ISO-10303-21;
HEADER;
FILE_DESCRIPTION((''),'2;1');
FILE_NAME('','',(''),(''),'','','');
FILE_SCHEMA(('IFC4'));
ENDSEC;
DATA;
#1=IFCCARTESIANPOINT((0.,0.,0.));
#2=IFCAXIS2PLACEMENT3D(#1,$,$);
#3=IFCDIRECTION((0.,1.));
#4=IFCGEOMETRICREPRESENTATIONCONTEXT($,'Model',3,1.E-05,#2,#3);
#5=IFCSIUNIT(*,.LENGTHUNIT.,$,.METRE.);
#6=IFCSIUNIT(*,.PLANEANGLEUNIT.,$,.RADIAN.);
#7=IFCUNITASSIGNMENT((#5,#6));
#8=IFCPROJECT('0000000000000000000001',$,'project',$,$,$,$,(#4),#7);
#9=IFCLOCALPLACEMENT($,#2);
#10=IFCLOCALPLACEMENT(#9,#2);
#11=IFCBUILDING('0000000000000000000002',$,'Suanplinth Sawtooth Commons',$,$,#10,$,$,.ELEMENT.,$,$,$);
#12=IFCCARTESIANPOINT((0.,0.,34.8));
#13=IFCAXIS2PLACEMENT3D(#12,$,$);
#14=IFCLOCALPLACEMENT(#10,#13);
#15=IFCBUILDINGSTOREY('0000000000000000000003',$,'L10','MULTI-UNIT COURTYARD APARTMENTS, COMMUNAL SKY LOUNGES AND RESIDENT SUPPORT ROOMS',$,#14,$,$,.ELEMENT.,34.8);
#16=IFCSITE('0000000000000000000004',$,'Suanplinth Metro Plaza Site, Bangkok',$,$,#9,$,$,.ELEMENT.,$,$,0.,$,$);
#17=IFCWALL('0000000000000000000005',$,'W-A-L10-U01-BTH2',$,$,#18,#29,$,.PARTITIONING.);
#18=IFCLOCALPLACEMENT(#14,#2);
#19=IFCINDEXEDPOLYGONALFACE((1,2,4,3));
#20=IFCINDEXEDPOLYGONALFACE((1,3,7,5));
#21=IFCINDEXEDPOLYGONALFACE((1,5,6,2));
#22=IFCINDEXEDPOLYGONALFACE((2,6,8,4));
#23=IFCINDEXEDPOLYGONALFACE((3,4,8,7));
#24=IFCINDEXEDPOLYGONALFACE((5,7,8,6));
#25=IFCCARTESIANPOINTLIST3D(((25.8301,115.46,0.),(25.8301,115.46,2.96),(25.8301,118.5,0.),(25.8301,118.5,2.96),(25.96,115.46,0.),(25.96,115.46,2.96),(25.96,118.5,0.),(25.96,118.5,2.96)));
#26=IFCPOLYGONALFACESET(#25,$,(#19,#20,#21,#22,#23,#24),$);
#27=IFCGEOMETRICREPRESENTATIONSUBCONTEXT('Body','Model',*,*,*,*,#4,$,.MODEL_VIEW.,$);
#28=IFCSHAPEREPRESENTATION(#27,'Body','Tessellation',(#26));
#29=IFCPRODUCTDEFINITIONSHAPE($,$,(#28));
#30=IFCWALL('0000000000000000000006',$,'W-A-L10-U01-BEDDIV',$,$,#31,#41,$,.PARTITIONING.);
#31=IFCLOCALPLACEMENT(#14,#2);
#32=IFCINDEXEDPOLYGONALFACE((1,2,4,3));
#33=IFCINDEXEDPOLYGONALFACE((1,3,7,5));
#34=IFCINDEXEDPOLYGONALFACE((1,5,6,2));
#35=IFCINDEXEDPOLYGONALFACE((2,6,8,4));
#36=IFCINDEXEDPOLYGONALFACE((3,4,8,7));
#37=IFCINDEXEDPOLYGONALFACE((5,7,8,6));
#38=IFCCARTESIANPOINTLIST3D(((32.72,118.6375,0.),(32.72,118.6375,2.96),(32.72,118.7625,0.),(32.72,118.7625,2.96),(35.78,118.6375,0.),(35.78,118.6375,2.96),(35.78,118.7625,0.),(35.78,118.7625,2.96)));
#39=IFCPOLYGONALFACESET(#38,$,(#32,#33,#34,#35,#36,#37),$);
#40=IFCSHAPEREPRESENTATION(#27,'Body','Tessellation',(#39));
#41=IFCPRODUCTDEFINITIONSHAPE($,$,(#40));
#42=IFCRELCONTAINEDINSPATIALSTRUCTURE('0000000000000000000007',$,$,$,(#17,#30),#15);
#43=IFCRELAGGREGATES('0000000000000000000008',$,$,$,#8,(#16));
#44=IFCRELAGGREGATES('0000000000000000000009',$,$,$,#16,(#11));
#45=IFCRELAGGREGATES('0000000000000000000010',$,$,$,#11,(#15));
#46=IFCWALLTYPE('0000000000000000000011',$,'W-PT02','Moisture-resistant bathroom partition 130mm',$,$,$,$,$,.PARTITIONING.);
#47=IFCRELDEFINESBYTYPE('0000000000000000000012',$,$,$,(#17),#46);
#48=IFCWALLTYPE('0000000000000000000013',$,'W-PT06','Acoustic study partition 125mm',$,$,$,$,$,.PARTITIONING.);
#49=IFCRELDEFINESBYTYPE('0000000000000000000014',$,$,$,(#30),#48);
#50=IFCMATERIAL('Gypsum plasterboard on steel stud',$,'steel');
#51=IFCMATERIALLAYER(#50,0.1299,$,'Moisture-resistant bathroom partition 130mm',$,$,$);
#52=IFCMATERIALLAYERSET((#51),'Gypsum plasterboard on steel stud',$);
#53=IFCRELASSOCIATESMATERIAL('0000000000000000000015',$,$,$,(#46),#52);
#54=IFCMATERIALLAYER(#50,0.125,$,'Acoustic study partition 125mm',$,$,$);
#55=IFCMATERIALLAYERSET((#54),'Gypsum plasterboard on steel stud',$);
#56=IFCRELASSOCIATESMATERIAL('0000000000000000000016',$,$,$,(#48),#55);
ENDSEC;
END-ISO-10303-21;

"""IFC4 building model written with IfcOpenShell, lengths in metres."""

from ifc_helpers import new_model, si_unit, direction, frame, frame_2d, origin, place, context, subcontext, project, spatial, rectangle, extrude, material, layer, layer_set, type_object, element, save


model = new_model("IFC4")

# Units and contexts
model_context = context("Model", 3, precision=1e-05, world=origin(), true_north=direction((0.0, 1.0)))
body_context = subcontext(model_context, "Body", "Model", "MODEL_VIEW")
ifc_project = project(units=[si_unit("LENGTHUNIT", "METRE"), si_unit("PLANEANGLEUNIT", "RADIAN")], contexts=[model_context])

# Site, building, storey
site_placement = place(None, origin())
site = spatial("IfcSite", under=ifc_project, at=site_placement, Name="Suanplinth Metro Plaza Site, Bangkok", CompositionType="ELEMENT", RefElevation=0.0)
building_placement = place(site_placement, origin())
building = spatial("IfcBuilding", under=site, at=building_placement, Name="Suanplinth Sawtooth Commons", CompositionType="ELEMENT")
storey_placement = place(building_placement, frame((0.0, 0.0, 34.8)))
storey = spatial("IfcBuildingStorey", under=building, at=storey_placement, Name="L10", Description="MULTI-UNIT COURTYARD APARTMENTS, COMMUNAL SKY LOUNGES AND RESIDENT SUPPORT ROOMS", CompositionType="ELEMENT", Elevation=34.8)

# Shared definitions
ifc_material_1 = material(Name="Gypsum plasterboard on steel stud", Category="steel")

# Shared definitions
ifc_layer_1 = layer(ifc_material_1, 0.1299, Name="Moisture-resistant bathroom partition 130mm")
ifc_layer_set_1 = layer_set([ifc_layer_1], Name="Gypsum plasterboard on steel stud")
wall_type_1 = type_object("IfcWallType", Name="W-PT02", Description="Moisture-resistant bathroom partition 130mm", PredefinedType="PARTITIONING", material=ifc_layer_set_1)

# Wall
wall_1_placement = place(storey_placement, frame((25.895, 115.46, 0.0), z_axis=(0.0, 0.0, 1.0), x_axis=(0.0, 1.0, 0.0)))
element("IfcWall", 1, at=wall_1_placement, inside=storey, type_object=wall_type_1, Name="W-A-L10-U01-BTH2", PredefinedType="PARTITIONING", context=body_context, shape_type="SweptSolid", body=[
    extrude(rectangle(XDim=3.04, YDim=0.1299, at=frame_2d((1.52, 0.0))), origin(), (0.0, 0.0, 1.0), 2.96),
])

# Wall
ifc_layer_2 = layer(ifc_material_1, 0.125, Name="Acoustic study partition 125mm")
ifc_layer_set_2 = layer_set([ifc_layer_2], Name="Gypsum plasterboard on steel stud")
wall_type_2 = type_object("IfcWallType", Name="W-PT06", Description="Acoustic study partition 125mm", PredefinedType="PARTITIONING", material=ifc_layer_set_2)
wall_2_placement = place(storey_placement, frame((32.72, 118.7, 0.0), z_axis=(0.0, 0.0, 1.0), x_axis=(1.0, 0.0, 0.0)))
element("IfcWall", 2, at=wall_2_placement, inside=storey, type_object=wall_type_2, Name="W-A-L10-U01-BEDDIV", PredefinedType="PARTITIONING", context=body_context, shape_type="SweptSolid", body=[
    extrude(rectangle(XDim=3.0601, YDim=0.125, at=frame_2d((1.53, 0.0))), origin(), (0.0, 0.0, 1.0), 2.96),
])

save(model, "model.ifc")
